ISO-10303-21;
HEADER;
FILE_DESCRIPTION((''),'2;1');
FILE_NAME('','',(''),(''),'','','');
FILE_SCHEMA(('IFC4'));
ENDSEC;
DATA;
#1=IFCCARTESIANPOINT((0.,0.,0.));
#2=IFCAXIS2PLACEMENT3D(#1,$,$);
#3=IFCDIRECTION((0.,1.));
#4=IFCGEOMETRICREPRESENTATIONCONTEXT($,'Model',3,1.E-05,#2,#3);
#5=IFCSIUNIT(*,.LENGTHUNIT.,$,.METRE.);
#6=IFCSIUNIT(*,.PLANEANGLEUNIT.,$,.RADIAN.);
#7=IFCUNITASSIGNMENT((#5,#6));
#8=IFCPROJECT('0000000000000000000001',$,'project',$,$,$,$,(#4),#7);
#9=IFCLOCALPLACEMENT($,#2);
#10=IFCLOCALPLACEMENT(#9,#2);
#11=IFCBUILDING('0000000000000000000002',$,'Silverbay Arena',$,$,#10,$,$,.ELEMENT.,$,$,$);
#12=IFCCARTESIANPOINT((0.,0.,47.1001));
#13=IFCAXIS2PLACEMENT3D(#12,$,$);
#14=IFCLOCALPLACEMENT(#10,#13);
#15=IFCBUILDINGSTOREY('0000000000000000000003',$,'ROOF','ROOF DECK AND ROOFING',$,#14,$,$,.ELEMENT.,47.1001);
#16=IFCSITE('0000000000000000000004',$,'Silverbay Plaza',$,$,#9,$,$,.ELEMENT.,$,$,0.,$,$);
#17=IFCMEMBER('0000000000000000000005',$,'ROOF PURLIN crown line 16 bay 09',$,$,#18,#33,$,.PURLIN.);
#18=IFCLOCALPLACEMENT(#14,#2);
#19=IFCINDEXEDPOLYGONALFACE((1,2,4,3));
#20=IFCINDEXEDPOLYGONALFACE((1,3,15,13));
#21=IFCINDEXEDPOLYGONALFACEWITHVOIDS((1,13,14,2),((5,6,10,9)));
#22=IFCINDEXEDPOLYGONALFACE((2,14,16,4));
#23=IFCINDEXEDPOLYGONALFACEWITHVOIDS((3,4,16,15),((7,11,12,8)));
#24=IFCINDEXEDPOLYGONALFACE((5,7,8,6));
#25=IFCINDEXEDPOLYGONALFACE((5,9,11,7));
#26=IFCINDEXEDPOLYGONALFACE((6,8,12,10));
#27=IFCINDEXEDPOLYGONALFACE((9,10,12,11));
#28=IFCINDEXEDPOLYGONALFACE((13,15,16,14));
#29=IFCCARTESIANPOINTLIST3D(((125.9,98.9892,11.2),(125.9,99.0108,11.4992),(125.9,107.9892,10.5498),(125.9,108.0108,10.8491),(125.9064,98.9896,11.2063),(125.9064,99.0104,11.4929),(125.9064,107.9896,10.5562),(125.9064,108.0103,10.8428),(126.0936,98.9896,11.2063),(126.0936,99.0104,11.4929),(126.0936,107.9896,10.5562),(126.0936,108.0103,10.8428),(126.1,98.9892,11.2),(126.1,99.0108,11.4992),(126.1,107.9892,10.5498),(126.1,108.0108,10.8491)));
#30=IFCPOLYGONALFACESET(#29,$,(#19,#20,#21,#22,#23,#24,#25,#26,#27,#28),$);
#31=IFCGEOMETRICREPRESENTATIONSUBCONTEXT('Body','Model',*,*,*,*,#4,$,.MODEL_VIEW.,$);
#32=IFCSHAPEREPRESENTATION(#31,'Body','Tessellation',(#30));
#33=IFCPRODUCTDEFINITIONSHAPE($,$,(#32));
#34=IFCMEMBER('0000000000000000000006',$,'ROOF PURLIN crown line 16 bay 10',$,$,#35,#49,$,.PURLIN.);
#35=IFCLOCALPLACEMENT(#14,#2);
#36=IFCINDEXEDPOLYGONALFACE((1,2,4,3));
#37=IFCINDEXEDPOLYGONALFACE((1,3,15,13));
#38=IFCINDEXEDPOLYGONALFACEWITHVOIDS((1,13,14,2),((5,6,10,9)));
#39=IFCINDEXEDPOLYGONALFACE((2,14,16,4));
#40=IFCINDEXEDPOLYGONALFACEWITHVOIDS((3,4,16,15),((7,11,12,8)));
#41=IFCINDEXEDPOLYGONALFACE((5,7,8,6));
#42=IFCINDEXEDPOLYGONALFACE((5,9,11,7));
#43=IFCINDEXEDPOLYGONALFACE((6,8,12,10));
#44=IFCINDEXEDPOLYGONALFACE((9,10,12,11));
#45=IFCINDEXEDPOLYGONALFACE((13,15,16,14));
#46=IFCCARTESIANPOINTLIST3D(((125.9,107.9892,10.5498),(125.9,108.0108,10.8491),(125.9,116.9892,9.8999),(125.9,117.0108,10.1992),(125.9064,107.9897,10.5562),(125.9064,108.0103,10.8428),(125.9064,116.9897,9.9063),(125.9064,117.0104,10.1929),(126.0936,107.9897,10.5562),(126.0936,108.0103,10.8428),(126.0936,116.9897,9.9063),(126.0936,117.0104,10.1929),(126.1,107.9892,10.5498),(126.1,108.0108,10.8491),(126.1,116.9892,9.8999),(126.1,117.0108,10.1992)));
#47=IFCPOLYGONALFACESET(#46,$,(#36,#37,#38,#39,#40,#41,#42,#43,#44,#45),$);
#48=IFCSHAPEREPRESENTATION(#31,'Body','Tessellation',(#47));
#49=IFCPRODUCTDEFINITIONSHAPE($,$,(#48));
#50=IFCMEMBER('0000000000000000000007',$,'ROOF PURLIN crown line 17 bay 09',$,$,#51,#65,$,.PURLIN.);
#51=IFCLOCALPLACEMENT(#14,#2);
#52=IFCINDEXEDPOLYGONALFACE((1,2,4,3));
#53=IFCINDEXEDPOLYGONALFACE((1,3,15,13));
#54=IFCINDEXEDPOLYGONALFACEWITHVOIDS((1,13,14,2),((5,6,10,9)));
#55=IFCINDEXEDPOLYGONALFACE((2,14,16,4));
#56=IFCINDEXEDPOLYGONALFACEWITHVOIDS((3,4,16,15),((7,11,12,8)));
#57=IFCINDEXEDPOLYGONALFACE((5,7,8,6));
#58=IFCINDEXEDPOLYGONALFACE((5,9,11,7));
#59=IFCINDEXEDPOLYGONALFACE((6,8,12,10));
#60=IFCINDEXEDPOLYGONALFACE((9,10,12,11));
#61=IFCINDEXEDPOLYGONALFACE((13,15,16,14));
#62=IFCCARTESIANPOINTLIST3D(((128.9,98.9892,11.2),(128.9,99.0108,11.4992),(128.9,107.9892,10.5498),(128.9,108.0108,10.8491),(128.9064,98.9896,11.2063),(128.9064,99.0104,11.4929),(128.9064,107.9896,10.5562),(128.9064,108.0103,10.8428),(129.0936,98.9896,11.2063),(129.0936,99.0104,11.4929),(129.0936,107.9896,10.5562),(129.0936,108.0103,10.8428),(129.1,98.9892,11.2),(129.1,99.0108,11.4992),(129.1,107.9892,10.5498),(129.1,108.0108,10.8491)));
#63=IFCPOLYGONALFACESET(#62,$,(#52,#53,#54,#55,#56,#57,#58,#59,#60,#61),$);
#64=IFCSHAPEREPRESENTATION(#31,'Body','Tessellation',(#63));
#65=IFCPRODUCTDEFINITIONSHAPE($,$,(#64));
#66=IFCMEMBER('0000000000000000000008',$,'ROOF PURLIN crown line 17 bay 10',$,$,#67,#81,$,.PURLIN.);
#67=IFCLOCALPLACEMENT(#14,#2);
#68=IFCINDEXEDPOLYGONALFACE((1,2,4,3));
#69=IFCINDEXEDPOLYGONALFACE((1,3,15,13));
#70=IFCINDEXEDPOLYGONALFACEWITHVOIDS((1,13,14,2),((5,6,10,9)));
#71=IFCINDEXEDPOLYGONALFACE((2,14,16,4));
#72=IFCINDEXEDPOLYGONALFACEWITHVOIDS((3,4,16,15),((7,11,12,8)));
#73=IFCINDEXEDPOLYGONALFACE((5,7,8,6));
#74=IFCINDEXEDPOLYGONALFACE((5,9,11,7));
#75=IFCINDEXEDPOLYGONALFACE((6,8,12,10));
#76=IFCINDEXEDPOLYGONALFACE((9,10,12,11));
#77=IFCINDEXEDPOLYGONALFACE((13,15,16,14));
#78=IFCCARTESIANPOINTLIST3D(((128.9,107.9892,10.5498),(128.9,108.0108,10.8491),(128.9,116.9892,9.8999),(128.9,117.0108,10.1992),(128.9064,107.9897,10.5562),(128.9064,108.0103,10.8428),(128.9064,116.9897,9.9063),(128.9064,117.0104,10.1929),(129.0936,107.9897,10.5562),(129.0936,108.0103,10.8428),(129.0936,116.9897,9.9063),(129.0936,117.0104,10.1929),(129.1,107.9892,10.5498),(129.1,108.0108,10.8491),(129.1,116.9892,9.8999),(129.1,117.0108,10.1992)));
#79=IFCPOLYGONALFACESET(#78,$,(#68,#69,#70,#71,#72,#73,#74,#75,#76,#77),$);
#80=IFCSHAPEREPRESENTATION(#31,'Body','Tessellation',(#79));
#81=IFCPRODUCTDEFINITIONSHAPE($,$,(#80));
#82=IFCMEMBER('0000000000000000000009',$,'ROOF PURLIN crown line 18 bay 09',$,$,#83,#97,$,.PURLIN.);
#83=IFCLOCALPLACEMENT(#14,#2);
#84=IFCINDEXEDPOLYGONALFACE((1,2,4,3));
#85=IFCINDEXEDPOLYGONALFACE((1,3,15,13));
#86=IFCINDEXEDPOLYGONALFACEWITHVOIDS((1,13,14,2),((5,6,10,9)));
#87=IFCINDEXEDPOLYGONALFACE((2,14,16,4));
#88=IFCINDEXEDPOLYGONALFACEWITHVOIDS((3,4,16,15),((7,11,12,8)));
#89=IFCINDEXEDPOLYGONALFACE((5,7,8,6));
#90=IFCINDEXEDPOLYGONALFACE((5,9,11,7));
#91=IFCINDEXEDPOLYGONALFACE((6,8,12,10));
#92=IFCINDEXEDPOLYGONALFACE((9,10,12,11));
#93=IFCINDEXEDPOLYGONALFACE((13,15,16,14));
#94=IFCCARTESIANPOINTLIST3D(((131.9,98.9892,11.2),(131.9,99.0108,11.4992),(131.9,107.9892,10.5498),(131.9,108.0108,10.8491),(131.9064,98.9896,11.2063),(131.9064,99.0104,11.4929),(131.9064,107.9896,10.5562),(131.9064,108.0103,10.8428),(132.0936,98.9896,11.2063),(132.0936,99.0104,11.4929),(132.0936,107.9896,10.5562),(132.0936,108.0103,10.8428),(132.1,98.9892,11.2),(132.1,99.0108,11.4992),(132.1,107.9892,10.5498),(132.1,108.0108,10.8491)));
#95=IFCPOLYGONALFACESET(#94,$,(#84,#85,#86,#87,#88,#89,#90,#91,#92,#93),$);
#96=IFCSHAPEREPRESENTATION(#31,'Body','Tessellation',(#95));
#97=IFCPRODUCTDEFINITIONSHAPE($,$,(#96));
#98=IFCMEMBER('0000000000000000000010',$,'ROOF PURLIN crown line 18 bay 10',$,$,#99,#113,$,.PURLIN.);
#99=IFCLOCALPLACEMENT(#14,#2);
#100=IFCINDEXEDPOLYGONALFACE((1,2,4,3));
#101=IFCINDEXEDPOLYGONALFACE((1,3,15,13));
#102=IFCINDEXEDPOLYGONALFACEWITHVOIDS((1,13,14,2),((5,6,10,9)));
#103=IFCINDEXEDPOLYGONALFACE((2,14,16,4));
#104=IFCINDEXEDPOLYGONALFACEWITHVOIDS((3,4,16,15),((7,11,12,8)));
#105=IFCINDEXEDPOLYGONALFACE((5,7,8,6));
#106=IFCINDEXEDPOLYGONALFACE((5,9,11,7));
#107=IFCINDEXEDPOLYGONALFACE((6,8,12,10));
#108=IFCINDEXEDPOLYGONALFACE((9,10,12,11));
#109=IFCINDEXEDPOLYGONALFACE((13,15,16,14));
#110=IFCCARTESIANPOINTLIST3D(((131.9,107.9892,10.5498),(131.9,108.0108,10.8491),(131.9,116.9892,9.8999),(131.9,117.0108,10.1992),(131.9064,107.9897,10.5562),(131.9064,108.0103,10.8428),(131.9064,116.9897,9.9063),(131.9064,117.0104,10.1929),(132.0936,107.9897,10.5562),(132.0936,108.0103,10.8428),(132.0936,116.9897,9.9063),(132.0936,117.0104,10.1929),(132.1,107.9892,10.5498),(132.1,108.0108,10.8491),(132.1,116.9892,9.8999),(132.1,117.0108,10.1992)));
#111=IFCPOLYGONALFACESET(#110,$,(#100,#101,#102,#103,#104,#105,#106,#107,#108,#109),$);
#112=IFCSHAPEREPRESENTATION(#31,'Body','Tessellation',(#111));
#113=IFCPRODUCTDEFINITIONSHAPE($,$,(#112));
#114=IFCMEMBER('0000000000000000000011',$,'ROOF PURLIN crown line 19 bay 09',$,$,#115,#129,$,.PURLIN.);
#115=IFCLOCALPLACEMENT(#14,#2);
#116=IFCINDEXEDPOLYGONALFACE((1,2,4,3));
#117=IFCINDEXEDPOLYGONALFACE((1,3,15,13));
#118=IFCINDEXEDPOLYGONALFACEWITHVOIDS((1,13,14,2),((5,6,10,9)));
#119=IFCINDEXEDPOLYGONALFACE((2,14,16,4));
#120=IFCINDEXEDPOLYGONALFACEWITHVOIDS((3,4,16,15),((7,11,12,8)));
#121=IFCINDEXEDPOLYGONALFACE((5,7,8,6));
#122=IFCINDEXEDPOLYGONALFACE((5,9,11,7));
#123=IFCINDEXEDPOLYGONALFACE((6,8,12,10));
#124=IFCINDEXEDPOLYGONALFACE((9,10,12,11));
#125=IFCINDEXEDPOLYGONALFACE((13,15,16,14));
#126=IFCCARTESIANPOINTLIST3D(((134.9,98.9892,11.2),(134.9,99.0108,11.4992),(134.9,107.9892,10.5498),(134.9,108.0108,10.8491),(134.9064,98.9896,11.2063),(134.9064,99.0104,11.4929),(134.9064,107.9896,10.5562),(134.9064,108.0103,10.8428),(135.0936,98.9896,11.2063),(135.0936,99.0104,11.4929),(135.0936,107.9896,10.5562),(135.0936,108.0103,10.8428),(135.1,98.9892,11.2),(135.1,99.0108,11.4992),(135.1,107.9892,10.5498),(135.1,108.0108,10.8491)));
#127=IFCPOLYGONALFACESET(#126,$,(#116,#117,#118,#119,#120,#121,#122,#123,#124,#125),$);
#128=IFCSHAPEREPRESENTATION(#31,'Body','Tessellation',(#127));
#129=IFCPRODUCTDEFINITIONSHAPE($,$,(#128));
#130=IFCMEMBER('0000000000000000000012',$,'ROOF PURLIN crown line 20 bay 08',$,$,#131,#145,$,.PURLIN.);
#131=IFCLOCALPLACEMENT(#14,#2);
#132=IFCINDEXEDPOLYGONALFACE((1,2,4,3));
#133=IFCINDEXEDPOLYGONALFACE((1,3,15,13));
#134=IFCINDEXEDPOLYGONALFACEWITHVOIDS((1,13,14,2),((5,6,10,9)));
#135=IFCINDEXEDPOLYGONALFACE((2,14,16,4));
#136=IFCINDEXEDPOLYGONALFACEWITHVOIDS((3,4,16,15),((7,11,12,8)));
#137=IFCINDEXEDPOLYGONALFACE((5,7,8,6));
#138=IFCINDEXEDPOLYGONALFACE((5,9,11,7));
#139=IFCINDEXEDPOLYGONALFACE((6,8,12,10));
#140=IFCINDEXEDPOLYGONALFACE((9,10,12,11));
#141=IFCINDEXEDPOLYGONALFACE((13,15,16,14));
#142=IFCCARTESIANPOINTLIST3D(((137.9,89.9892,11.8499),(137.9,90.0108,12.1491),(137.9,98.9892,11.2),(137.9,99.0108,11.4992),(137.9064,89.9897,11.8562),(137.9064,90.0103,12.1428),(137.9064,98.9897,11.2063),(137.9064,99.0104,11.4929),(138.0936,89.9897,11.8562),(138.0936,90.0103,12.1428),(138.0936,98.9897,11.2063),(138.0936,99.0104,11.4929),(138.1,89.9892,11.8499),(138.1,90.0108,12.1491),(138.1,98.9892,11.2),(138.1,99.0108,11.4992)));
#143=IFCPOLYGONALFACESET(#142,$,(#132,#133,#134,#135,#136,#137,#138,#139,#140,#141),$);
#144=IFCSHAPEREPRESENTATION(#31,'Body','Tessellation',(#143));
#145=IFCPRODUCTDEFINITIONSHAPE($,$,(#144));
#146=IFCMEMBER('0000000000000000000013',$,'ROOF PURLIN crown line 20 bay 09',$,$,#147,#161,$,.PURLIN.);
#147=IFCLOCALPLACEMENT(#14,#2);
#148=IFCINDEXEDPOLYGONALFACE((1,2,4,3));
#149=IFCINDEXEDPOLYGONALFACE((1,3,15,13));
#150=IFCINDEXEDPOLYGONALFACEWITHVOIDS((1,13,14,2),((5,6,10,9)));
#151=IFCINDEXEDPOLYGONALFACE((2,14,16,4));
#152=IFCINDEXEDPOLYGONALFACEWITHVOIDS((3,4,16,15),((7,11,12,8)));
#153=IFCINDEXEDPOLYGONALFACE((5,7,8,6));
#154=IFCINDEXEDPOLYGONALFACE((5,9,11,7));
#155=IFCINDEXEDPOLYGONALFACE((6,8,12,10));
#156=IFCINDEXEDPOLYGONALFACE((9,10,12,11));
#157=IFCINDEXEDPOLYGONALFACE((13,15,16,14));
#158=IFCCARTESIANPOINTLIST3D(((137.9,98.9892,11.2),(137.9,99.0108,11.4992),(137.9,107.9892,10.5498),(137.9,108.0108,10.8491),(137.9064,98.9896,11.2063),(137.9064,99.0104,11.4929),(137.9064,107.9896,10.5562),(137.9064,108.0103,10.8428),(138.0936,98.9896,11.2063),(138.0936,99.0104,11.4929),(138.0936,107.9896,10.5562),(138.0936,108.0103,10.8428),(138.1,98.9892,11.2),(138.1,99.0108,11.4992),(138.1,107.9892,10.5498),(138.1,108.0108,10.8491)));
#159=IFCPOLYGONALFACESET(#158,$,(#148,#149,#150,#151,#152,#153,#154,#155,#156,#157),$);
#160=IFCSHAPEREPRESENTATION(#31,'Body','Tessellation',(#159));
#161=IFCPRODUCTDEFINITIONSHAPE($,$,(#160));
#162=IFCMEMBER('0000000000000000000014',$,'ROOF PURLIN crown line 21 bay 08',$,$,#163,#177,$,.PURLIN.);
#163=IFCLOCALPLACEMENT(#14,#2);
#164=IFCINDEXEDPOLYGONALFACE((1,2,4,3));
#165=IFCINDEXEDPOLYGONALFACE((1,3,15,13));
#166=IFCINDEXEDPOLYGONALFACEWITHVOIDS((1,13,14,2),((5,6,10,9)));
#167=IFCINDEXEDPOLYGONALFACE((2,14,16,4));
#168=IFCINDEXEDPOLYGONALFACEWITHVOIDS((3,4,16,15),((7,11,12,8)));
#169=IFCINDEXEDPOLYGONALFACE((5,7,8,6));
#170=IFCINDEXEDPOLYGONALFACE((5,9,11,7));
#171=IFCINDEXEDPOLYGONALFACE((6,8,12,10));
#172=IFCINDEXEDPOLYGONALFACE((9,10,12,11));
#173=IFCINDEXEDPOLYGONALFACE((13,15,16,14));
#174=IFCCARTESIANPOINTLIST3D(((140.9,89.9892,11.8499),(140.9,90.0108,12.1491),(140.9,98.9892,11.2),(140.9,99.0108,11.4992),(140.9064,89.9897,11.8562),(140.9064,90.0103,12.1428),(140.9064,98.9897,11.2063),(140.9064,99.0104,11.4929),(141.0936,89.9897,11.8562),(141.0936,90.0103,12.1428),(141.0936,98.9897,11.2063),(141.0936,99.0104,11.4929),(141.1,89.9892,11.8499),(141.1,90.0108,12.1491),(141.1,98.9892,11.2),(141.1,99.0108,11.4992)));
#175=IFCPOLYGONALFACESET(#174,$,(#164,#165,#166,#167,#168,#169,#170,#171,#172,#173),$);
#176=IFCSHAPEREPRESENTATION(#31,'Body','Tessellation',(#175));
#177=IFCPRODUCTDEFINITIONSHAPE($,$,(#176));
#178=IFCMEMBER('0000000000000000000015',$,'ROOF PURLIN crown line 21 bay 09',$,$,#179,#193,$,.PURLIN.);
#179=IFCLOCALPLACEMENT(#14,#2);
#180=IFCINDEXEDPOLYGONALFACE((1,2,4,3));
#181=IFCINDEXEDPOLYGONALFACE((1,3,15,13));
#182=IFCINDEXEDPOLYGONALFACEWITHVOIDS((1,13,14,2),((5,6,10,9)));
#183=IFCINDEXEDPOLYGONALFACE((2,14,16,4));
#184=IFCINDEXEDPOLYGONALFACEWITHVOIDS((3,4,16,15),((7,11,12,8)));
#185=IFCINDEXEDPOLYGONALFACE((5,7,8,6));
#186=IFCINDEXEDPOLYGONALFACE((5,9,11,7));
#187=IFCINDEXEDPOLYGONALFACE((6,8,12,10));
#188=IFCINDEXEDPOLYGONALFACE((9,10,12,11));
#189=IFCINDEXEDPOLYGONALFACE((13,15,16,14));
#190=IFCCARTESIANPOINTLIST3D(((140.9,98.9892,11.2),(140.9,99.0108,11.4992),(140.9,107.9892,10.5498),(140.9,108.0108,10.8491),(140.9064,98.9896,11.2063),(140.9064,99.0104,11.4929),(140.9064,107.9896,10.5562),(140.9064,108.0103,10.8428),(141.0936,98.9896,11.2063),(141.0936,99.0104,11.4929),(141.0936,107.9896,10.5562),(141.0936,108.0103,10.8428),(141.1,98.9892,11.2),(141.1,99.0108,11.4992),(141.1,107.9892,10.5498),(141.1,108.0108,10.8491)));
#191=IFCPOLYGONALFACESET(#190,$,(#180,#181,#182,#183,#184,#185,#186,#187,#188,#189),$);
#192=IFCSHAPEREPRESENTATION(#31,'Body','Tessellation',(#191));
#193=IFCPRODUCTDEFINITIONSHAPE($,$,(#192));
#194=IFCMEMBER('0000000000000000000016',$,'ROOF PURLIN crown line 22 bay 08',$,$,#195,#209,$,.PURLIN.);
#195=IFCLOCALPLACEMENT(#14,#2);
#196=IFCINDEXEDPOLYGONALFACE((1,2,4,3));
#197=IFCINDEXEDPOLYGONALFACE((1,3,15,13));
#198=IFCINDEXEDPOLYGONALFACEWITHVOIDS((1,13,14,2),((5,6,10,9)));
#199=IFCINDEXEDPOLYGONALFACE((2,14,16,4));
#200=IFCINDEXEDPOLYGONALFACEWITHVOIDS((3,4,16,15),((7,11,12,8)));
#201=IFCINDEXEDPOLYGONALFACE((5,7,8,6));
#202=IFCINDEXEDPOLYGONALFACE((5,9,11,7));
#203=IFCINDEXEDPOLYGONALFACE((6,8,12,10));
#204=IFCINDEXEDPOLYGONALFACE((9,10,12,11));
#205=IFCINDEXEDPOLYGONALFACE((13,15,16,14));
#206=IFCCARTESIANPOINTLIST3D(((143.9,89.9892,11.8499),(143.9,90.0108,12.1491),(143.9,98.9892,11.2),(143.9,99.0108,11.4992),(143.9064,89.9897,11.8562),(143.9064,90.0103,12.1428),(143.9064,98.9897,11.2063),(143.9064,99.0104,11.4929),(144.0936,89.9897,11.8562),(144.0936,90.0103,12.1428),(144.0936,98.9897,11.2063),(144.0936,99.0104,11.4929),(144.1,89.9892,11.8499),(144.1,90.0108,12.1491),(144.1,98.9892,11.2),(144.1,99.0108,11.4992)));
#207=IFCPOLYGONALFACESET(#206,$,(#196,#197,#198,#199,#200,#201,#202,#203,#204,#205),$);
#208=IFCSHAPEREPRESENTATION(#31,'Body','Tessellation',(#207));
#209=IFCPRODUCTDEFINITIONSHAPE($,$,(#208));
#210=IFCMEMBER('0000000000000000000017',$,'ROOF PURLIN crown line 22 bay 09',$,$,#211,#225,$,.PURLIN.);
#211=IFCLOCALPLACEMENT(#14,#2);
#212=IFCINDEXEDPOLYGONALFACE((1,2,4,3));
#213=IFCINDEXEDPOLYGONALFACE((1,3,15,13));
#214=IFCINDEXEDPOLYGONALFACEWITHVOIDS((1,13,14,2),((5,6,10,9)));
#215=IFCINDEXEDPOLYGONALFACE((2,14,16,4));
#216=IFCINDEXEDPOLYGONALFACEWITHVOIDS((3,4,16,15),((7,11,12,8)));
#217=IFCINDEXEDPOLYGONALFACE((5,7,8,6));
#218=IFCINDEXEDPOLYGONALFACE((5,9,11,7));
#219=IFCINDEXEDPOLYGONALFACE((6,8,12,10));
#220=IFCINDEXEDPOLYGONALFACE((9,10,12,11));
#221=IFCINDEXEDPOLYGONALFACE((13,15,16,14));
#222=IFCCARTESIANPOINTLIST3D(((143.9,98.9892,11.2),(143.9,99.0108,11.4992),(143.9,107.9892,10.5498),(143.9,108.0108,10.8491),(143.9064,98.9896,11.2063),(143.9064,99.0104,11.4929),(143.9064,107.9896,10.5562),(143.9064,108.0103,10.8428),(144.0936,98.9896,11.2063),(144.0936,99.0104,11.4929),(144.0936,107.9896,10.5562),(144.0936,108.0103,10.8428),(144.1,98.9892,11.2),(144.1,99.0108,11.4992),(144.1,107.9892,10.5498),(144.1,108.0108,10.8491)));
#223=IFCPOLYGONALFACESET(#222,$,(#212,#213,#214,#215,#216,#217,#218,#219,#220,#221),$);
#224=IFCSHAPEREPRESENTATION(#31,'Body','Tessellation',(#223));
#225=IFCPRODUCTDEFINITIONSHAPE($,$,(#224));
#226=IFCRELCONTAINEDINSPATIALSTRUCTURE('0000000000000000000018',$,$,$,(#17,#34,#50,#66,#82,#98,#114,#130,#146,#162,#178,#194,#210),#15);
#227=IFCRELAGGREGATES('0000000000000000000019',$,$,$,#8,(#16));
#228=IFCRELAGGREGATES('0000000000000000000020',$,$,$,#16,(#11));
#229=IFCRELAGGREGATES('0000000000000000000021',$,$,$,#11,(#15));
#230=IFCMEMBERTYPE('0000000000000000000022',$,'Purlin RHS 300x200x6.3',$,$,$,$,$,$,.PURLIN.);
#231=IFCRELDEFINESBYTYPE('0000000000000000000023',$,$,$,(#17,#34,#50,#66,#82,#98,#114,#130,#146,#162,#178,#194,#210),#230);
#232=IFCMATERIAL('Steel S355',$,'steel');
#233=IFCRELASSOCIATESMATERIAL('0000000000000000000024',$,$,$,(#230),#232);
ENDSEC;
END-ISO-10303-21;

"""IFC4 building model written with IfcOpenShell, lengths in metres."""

from ifc_helpers import new_model, si_unit, direction, frame, origin, origin_2d, place, context, subcontext, project, spatial, hollow_rectangle, extrude, material, material_profile, profile_set, type_object, element, save


model = new_model("IFC4")

# Units and contexts
model_context = context("Model", 3, precision=1e-05, world=origin(), true_north=direction((0.0, 1.0)))
body_context = subcontext(model_context, "Body", "Model", "MODEL_VIEW")
ifc_project = project(units=[si_unit("LENGTHUNIT", "METRE"), si_unit("PLANEANGLEUNIT", "RADIAN")], contexts=[model_context])

# Site, building, storey
site_placement = place(None, origin())
site = spatial("IfcSite", under=ifc_project, at=site_placement, Name="Silverbay Plaza", CompositionType="ELEMENT", RefElevation=0.0)
building_placement = place(site_placement, origin())
building = spatial("IfcBuilding", under=site, at=building_placement, Name="Silverbay Arena", CompositionType="ELEMENT")
storey_placement = place(building_placement, frame((0.0, 0.0, 47.1001)))
storey = spatial("IfcBuildingStorey", under=building, at=storey_placement, Name="ROOF", Description="ROOF DECK AND ROOFING", CompositionType="ELEMENT", Elevation=47.1001)

# Members
ifc_material_1 = material(Name="Steel S355", Category="steel")
ifc_material_profile_1 = material_profile(ifc_material_1, hollow_rectangle(XDim=0.2, YDim=0.3, WallThickness=0.0063, at=origin_2d()), Name="RHS 300x200x6.3")
ifc_profile_set_1 = profile_set([ifc_material_profile_1], Name="Steel S355")
member_type_1 = type_object("IfcMemberType", Name="Purlin RHS 300x200x6.3", PredefinedType="PURLIN", material=ifc_profile_set_1)
for number, where, z_axis, x_axis, name in (
    (1, (126.0, 99.0, 11.3496), (0.0, 0.997401, -0.072051), (-1.0, 0.0, 0.0), "ROOF PURLIN crown line 16 bay 09"),
    (2, (126.0, 108.0, 10.6995), (0.0, 0.997403, -0.072024), (-1.0, 0.0, 0.0), "ROOF PURLIN crown line 16 bay 10"),
    (3, (129.0, 99.0, 11.3496), (0.0, 0.997401, -0.072051), (-1.0, 0.0, 0.0), "ROOF PURLIN crown line 17 bay 09"),
    (4, (129.0, 108.0, 10.6995), (0.0, 0.997403, -0.072024), (-1.0, 0.0, 0.0), "ROOF PURLIN crown line 17 bay 10"),
    (5, (132.0, 99.0, 11.3496), (0.0, 0.997401, -0.072051), (-1.0, 0.0, 0.0), "ROOF PURLIN crown line 18 bay 09"),
    (6, (132.0, 108.0, 10.6995), (0.0, 0.997403, -0.072024), (-1.0, 0.0, 0.0), "ROOF PURLIN crown line 18 bay 10"),
    (7, (135.0, 99.0, 11.3496), (0.0, 0.997401, -0.072051), (-1.0, 0.0, 0.0), "ROOF PURLIN crown line 19 bay 09"),
    (8, (138.0, 90.0, 11.9995), (0.0, 0.997403, -0.072024), (-1.0, 0.0, 0.0), "ROOF PURLIN crown line 20 bay 08"),
    (9, (138.0, 99.0, 11.3496), (0.0, 0.997401, -0.072051), (-1.0, 0.0, 0.0), "ROOF PURLIN crown line 20 bay 09"),
    (10, (141.0, 90.0, 11.9995), (0.0, 0.997403, -0.072024), (-1.0, 0.0, 0.0), "ROOF PURLIN crown line 21 bay 08"),
    (11, (141.0, 99.0, 11.3496), (0.0, 0.997401, -0.072051), (-1.0, 0.0, 0.0), "ROOF PURLIN crown line 21 bay 09"),
    (12, (144.0, 90.0, 11.9995), (0.0, 0.997403, -0.072024), (-1.0, 0.0, 0.0), "ROOF PURLIN crown line 22 bay 08"),
    (13, (144.0, 99.0, 11.3496), (0.0, 0.997401, -0.072051), (-1.0, 0.0, 0.0), "ROOF PURLIN crown line 22 bay 09"),
):
    element("IfcMember", number, at=place(storey_placement, frame(where, z_axis=z_axis, x_axis=x_axis)), inside=storey, type_object=member_type_1, Name=name, PredefinedType="PURLIN", context=body_context, shape_type="SweptSolid", body=[
        extrude(hollow_rectangle(XDim=0.2, YDim=0.3, WallThickness=0.0063, at=origin_2d()), origin(), (0.0, 0.0, 1.0), 9.0234),
    ])

save(model, "model.ifc")
